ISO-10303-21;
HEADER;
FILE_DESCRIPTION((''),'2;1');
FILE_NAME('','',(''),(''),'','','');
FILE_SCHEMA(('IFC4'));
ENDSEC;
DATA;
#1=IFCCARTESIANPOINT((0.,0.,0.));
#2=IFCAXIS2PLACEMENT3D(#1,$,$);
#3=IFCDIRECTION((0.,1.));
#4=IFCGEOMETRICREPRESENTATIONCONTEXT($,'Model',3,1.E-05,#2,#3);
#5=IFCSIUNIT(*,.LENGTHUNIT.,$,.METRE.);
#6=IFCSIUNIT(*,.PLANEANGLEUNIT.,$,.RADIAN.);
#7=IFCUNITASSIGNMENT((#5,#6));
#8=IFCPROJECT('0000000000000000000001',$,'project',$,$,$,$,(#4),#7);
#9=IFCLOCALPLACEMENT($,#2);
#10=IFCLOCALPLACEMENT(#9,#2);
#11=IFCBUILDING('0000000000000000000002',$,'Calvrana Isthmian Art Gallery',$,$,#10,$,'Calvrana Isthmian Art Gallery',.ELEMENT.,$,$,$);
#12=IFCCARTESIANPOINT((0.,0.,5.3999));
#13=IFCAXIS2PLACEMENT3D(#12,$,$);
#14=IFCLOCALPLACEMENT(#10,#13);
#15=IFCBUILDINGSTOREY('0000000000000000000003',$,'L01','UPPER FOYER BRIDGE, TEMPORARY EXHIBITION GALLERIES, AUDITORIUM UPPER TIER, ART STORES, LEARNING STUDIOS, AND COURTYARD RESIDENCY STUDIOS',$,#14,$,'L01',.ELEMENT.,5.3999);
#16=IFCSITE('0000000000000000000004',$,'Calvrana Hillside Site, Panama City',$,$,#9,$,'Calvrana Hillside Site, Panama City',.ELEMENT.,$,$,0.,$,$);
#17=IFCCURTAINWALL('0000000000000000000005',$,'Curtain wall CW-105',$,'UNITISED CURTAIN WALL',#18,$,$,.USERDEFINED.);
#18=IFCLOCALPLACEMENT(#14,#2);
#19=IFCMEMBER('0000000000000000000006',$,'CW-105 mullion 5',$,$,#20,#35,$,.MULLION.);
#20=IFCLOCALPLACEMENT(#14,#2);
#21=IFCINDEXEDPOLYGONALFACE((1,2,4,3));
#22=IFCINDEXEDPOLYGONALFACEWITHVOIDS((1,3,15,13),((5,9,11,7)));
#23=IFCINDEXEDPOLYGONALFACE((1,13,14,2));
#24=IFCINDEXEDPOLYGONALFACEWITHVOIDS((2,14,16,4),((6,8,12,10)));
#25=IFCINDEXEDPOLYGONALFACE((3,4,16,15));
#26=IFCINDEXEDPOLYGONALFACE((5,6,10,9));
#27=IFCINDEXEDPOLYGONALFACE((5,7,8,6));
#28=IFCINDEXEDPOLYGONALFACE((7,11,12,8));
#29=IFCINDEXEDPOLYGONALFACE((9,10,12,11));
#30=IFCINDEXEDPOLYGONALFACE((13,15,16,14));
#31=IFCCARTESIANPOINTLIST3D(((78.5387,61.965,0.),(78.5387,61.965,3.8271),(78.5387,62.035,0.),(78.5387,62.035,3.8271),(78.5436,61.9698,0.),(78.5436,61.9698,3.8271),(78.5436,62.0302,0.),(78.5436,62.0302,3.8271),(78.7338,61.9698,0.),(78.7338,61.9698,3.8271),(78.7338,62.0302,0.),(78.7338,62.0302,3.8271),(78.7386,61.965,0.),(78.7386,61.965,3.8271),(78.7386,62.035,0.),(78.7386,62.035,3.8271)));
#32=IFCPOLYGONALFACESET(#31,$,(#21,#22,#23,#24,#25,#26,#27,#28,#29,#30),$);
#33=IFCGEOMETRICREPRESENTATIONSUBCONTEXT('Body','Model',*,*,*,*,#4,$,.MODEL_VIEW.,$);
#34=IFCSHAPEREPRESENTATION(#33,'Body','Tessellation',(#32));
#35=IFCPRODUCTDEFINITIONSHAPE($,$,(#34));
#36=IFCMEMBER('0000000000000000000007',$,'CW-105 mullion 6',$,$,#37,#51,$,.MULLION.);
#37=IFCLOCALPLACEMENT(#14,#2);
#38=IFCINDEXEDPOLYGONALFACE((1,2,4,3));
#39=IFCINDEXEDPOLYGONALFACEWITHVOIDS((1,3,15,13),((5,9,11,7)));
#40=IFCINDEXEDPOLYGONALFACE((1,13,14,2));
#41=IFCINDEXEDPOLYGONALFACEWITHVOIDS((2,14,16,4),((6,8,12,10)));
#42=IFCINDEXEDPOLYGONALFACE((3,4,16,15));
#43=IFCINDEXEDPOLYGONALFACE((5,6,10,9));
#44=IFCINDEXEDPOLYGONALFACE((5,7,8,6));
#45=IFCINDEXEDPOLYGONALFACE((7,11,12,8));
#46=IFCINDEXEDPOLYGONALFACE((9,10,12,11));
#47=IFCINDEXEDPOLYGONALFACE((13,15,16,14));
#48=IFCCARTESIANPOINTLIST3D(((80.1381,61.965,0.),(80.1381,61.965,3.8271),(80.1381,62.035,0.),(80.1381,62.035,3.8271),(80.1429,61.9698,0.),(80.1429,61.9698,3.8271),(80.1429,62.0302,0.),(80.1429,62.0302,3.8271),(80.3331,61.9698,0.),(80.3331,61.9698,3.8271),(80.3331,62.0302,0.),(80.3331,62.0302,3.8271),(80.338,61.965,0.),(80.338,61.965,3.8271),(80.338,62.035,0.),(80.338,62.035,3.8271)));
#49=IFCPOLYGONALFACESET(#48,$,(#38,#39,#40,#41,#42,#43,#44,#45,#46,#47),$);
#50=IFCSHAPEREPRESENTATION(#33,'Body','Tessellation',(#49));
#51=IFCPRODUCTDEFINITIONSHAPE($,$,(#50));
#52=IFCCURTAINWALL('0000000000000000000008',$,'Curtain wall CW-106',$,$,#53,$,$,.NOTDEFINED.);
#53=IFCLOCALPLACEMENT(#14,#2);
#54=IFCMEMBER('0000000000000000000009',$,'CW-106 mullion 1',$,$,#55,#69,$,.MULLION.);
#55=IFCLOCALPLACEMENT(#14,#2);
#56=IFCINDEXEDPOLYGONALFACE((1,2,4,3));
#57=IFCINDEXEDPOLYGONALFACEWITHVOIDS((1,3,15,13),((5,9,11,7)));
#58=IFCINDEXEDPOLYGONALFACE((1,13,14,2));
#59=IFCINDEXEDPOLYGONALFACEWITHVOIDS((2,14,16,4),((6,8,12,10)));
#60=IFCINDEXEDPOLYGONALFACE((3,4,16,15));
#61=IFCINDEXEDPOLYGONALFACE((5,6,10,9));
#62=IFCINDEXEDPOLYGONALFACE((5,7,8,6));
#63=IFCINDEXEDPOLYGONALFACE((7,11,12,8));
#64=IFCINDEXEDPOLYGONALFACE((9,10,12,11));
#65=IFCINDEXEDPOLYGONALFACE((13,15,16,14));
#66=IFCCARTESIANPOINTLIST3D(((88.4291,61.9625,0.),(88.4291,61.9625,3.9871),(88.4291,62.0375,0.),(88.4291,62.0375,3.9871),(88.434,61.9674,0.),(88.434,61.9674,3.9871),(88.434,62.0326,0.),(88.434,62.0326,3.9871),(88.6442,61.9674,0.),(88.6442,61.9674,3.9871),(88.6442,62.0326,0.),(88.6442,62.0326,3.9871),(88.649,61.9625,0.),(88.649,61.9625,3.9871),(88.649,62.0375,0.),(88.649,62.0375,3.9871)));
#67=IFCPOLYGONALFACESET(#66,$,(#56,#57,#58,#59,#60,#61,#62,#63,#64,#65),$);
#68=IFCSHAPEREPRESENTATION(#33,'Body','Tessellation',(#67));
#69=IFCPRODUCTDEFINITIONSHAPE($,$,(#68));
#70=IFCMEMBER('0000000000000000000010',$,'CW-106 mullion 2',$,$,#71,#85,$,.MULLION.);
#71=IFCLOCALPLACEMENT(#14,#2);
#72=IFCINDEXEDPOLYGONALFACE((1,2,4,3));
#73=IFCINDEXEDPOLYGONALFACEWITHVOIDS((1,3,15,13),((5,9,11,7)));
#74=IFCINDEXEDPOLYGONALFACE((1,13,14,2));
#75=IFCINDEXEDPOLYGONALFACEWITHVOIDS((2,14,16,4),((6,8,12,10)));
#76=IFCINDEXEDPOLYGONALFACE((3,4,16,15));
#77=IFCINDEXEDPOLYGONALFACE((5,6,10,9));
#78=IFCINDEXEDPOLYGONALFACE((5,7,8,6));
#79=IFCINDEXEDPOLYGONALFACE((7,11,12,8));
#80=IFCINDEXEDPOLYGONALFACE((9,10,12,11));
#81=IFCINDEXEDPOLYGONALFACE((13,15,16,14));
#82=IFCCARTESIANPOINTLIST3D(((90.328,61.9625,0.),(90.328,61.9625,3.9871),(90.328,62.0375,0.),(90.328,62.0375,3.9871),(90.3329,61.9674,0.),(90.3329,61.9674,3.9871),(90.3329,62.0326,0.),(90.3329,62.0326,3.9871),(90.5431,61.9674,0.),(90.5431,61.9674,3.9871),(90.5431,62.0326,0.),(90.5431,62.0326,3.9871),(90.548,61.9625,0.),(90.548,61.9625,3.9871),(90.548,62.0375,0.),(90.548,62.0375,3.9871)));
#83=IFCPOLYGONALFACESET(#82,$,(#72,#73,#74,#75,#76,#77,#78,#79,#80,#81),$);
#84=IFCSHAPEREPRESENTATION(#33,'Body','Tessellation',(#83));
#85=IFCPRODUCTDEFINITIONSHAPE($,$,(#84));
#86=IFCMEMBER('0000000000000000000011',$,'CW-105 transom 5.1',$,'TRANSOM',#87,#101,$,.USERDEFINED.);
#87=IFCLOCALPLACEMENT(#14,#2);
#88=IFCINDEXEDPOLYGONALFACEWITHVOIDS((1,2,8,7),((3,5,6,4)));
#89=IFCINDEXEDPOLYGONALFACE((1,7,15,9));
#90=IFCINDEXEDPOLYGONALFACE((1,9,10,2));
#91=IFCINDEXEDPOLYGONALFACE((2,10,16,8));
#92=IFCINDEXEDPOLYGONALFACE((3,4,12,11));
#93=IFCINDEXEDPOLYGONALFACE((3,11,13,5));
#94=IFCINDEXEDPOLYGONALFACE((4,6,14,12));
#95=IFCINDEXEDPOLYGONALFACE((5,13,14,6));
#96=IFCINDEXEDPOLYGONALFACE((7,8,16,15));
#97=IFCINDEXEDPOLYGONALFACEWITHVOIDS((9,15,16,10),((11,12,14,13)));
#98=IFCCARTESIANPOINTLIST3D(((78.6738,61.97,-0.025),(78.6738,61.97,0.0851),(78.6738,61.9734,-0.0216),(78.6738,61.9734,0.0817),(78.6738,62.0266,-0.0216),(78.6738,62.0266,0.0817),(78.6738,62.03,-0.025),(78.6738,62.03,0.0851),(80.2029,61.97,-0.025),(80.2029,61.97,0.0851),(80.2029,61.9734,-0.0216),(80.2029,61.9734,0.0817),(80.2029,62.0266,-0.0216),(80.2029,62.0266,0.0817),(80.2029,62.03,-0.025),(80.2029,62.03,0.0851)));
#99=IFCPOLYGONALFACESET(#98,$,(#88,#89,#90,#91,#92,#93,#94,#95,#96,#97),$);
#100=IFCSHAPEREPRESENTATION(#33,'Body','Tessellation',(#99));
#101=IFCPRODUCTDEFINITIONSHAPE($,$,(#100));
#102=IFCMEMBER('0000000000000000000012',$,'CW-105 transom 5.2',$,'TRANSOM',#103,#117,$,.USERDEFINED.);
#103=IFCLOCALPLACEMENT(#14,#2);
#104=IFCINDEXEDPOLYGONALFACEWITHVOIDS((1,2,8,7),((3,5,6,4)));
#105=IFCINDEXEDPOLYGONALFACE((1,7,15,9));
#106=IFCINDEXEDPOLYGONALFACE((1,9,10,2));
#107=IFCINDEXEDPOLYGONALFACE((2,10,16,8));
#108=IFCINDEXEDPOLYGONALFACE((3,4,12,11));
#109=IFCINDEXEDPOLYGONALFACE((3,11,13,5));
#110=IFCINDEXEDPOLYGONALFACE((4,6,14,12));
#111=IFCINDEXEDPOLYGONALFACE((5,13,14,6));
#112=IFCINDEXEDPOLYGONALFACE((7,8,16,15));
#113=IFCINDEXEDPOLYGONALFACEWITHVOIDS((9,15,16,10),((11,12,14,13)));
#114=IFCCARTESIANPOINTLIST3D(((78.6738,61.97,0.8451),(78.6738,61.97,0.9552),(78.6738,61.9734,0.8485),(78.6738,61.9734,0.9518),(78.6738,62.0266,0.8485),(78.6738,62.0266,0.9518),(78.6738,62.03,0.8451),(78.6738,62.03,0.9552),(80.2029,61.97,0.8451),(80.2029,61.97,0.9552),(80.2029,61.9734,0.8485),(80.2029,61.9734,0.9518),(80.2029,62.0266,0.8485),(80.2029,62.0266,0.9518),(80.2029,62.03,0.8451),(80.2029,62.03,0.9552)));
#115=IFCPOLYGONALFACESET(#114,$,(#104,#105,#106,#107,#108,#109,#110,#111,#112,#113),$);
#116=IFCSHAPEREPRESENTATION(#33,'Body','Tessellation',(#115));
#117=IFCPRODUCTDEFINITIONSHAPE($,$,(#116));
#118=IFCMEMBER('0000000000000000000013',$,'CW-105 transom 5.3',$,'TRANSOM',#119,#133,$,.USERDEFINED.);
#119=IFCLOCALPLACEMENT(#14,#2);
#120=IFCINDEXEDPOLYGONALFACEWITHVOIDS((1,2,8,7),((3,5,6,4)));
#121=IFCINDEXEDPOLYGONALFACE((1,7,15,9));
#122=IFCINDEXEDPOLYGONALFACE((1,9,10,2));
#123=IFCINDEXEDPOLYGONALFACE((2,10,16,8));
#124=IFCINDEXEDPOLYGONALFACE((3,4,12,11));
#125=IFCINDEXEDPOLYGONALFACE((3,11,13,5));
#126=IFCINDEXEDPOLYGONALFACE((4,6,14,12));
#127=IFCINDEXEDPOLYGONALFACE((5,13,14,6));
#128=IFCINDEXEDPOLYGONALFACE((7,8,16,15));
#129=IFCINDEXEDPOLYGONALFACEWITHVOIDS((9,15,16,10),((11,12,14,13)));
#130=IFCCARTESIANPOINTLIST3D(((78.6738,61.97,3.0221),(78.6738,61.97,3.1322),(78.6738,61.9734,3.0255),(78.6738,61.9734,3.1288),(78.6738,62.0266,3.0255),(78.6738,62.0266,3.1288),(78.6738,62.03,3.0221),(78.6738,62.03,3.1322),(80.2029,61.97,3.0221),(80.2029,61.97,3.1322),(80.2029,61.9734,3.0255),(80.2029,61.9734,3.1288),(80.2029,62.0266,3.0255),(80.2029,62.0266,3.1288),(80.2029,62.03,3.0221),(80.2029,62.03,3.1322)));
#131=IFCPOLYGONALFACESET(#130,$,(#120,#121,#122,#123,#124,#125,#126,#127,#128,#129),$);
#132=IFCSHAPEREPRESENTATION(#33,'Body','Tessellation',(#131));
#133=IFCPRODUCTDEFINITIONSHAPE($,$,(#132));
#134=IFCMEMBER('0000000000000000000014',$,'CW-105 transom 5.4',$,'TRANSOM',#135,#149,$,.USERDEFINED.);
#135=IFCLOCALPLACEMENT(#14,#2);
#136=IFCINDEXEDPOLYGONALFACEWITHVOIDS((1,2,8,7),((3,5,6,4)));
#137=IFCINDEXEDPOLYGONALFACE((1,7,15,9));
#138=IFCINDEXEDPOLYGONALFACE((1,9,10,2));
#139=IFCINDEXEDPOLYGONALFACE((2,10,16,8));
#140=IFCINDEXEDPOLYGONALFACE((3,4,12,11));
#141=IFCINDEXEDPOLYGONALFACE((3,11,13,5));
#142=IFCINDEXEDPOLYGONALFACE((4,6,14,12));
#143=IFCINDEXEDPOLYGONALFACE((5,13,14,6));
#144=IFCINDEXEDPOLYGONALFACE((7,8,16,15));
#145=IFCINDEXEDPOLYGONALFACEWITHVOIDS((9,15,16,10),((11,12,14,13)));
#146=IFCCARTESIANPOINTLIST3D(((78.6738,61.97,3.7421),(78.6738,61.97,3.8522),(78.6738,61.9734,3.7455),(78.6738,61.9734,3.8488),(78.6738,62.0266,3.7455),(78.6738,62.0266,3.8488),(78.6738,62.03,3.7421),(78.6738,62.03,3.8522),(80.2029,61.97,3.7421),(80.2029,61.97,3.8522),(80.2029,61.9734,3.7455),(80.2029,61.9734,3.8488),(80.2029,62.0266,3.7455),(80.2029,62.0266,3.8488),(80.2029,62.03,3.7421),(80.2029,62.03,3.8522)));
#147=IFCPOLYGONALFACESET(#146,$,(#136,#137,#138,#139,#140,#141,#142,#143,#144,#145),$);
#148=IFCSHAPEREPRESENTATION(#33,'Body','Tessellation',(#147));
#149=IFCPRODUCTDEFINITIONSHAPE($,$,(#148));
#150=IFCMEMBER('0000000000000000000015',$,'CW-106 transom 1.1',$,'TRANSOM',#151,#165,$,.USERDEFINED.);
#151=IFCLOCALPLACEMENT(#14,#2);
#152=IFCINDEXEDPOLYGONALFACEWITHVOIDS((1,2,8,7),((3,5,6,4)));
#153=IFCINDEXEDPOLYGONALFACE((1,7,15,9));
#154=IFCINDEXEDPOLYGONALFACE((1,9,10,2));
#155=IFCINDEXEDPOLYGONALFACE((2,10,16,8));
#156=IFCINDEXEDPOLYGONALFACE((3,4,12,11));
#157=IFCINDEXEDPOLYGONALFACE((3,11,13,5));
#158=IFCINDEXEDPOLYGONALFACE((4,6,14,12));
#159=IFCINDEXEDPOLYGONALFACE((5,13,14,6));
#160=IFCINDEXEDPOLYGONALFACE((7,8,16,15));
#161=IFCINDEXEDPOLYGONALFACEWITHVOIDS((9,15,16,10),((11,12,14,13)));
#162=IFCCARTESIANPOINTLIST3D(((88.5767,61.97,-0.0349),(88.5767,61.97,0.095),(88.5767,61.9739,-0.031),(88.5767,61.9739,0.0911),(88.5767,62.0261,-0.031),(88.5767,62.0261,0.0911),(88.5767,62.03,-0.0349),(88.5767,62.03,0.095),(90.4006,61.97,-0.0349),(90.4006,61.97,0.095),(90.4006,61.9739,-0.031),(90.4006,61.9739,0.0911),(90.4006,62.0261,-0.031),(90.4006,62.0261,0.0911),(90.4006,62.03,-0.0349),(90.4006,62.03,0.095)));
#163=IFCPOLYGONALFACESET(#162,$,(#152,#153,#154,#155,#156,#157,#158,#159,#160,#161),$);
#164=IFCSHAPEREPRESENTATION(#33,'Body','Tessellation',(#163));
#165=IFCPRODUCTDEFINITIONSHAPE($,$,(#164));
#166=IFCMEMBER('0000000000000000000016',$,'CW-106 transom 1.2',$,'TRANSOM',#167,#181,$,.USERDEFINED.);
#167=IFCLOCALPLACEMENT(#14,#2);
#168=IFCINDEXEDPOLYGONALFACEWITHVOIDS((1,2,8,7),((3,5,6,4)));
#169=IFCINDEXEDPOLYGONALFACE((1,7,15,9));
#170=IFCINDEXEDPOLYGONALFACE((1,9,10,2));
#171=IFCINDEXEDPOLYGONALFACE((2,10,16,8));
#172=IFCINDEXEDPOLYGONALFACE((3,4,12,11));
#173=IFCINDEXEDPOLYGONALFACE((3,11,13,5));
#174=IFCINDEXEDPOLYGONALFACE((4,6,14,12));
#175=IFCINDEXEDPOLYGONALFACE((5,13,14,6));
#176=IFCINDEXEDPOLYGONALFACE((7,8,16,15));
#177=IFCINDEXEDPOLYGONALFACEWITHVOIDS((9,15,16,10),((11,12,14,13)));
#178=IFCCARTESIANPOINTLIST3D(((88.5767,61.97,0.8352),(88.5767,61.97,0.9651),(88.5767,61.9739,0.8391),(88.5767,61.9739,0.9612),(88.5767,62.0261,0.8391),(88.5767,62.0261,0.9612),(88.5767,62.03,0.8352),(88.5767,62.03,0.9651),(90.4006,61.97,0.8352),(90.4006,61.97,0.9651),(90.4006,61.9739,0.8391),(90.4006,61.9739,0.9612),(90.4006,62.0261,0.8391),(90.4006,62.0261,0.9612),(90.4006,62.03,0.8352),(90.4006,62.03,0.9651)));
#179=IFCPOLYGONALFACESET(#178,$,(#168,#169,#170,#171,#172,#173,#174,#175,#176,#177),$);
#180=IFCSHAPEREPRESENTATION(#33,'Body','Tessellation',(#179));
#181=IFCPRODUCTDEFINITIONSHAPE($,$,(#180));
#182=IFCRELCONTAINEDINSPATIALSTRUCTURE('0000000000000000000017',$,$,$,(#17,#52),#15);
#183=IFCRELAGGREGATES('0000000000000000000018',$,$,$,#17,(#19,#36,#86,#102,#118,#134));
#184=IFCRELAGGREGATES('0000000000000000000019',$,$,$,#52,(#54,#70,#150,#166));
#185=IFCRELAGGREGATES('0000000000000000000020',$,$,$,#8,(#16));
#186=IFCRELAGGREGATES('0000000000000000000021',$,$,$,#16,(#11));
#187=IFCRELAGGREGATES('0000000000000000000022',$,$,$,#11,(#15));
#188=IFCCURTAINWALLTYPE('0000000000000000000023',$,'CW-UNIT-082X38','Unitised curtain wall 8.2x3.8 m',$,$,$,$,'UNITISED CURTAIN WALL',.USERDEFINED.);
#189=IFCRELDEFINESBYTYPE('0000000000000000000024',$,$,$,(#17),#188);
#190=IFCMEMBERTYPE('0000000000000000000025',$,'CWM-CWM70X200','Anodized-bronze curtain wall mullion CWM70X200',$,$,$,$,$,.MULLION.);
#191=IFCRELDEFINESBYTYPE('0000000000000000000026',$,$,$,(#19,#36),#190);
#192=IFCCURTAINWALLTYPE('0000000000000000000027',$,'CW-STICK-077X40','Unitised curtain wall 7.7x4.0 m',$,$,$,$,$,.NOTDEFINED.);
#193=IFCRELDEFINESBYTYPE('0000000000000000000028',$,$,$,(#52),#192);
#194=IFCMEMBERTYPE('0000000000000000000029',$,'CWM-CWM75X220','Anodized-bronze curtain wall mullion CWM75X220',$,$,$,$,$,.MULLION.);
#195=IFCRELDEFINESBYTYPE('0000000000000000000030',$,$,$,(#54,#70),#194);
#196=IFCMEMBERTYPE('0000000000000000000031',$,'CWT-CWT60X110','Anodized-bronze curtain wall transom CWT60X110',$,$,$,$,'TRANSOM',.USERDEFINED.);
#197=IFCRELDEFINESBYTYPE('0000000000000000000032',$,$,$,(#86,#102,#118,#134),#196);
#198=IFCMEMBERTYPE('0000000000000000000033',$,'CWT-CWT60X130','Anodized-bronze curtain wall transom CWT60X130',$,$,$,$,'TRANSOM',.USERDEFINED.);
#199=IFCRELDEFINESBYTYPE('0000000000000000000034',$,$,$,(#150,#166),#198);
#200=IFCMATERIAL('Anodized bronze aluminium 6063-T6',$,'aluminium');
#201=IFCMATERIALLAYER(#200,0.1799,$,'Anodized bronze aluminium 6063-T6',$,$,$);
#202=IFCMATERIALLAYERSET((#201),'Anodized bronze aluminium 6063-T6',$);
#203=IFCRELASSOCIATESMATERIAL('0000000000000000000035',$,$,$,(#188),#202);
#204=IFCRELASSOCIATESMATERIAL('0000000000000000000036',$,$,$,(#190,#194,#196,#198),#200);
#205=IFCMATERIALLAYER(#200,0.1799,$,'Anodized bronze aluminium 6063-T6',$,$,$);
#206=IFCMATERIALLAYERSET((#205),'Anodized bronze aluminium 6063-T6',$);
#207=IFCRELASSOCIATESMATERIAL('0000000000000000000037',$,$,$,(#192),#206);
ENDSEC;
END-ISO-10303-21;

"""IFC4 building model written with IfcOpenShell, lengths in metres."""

from ifc_helpers import new_model, si_unit, direction, frame, origin, origin_2d, place, context, subcontext, project, spatial, hollow_rectangle, extrude, material, layer, layer_set, material_profile, profile_set, type_object, element, aggregate, save


model = new_model("IFC4")

# Units and contexts
model_context = context("Model", 3, precision=1e-05, world=origin(), true_north=direction((0.0, 1.0)))
body_context = subcontext(model_context, "Body", "Model", "MODEL_VIEW")
ifc_project = project(units=[si_unit("LENGTHUNIT", "METRE"), si_unit("PLANEANGLEUNIT", "RADIAN")], contexts=[model_context])

# Site, building, storey
site_placement = place(None, origin())
site = spatial("IfcSite", under=ifc_project, at=site_placement, Name="Calvrana Hillside Site, Panama City", LongName="Calvrana Hillside Site, Panama City", CompositionType="ELEMENT", RefElevation=0.0)
building_placement = place(site_placement, origin())
building = spatial("IfcBuilding", under=site, at=building_placement, Name="Calvrana Isthmian Art Gallery", LongName="Calvrana Isthmian Art Gallery", CompositionType="ELEMENT")
storey_placement = place(building_placement, frame((0.0, 0.0, 5.3999)))
storey = spatial("IfcBuildingStorey", under=building, at=storey_placement, Name="L01", Description="UPPER FOYER BRIDGE, TEMPORARY EXHIBITION GALLERIES, AUDITORIUM UPPER TIER, ART STORES, LEARNING STUDIOS, AND COURTYARD RESIDENCY STUDIOS", LongName="L01", CompositionType="ELEMENT", Elevation=5.3999)

# Curtain walls, members
ifc_material_1 = material(Name="Anodized bronze aluminium 6063-T6", Category="aluminium")
ifc_layer_1 = layer(ifc_material_1, 0.1799, Name="Anodized bronze aluminium 6063-T6")
ifc_layer_set_1 = layer_set([ifc_layer_1], Name="Anodized bronze aluminium 6063-T6")
curtain_wall_type_1 = type_object("IfcCurtainWallType", Name="CW-UNIT-082X38", Description="Unitised curtain wall 8.2x3.8 m", ElementType="UNITISED CURTAIN WALL", PredefinedType="USERDEFINED", material=ifc_layer_set_1)
curtain_wall_1_placement = place(storey_placement, origin())
curtain_wall_1 = element("IfcCurtainWall", 1, at=curtain_wall_1_placement, inside=storey, type_object=curtain_wall_type_1, Name="Curtain wall CW-105", ObjectType="UNITISED CURTAIN WALL", PredefinedType="USERDEFINED")
ifc_material_profile_1 = material_profile(ifc_material_1, hollow_rectangle(XDim=0.0701, YDim=0.2, WallThickness=0.0049, at=origin_2d()), Name="CWM70X200")
ifc_profile_set_1 = profile_set([ifc_material_profile_1], Name="Anodized bronze aluminium 6063-T6")
member_type_1 = type_object("IfcMemberType", Name="CWM-CWM70X200", Description="Anodized-bronze curtain wall mullion CWM70X200", PredefinedType="MULLION", material=ifc_profile_set_1)
member_1_placement = place(storey_placement, frame((78.6387, 62.0, 0.0), z_axis=(0.0, 0.0, 1.0), x_axis=(0.0, 1.0, 0.0)))
member_1 = element("IfcMember", 2, at=member_1_placement, type_object=member_type_1, Name="CW-105 mullion 5", PredefinedType="MULLION", context=body_context, shape_type="SweptSolid", body=[
    extrude(hollow_rectangle(XDim=0.0701, YDim=0.2, WallThickness=0.0049, at=origin_2d()), origin(), (0.0, 0.0, 1.0), 3.8271),
])
member_2_placement = place(storey_placement, frame((80.238, 62.0, 0.0), z_axis=(0.0, 0.0, 1.0), x_axis=(0.0, 1.0, 0.0)))
member_2 = element("IfcMember", 3, at=member_2_placement, type_object=member_type_1, Name="CW-105 mullion 6", PredefinedType="MULLION", context=body_context, shape_type="SweptSolid", body=[
    extrude(hollow_rectangle(XDim=0.0701, YDim=0.2, WallThickness=0.0049, at=origin_2d()), origin(), (0.0, 0.0, 1.0), 3.8271),
])
ifc_layer_2 = layer(ifc_material_1, 0.1799, Name="Anodized bronze aluminium 6063-T6")
ifc_layer_set_2 = layer_set([ifc_layer_2], Name="Anodized bronze aluminium 6063-T6")
curtain_wall_type_2 = type_object("IfcCurtainWallType", Name="CW-STICK-077X40", Description="Unitised curtain wall 7.7x4.0 m", PredefinedType="NOTDEFINED", material=ifc_layer_set_2)
curtain_wall_2_placement = place(storey_placement, origin())
curtain_wall_2 = element("IfcCurtainWall", 4, at=curtain_wall_2_placement, inside=storey, type_object=curtain_wall_type_2, Name="Curtain wall CW-106", PredefinedType="NOTDEFINED")
ifc_material_profile_2 = material_profile(ifc_material_1, hollow_rectangle(XDim=0.075, YDim=0.22, WallThickness=0.0049, at=origin_2d()), Name="CWM75X220")
ifc_profile_set_2 = profile_set([ifc_material_profile_2], Name="Anodized bronze aluminium 6063-T6")
member_type_2 = type_object("IfcMemberType", Name="CWM-CWM75X220", Description="Anodized-bronze curtain wall mullion CWM75X220", PredefinedType="MULLION", material=ifc_profile_set_2)
member_3_placement = place(storey_placement, frame((88.5391, 62.0, 0.0), z_axis=(0.0, 0.0, 1.0), x_axis=(0.0, 1.0, 0.0)))
member_3 = element("IfcMember", 5, at=member_3_placement, type_object=member_type_2, Name="CW-106 mullion 1", PredefinedType="MULLION", context=body_context, shape_type="SweptSolid", body=[
    extrude(hollow_rectangle(XDim=0.075, YDim=0.22, WallThickness=0.0049, at=origin_2d()), origin(), (0.0, 0.0, 1.0), 3.9871),
])
member_4_placement = place(storey_placement, frame((90.438, 62.0, 0.0), z_axis=(0.0, 0.0, 1.0), x_axis=(0.0, 1.0, 0.0)))
member_4 = element("IfcMember", 6, at=member_4_placement, type_object=member_type_2, Name="CW-106 mullion 2", PredefinedType="MULLION", context=body_context, shape_type="SweptSolid", body=[
    extrude(hollow_rectangle(XDim=0.075, YDim=0.22, WallThickness=0.0049, at=origin_2d()), origin(), (0.0, 0.0, 1.0), 3.9871),
])

# Members
ifc_material_profile_3 = material_profile(ifc_material_1, hollow_rectangle(XDim=0.0601, YDim=0.1101, WallThickness=0.0034, at=origin_2d()), Name="CWT60X110")
ifc_profile_set_3 = profile_set([ifc_material_profile_3], Name="Anodized bronze aluminium 6063-T6")
member_type_3 = type_object("IfcMemberType", Name="CWT-CWT60X110", Description="Anodized-bronze curtain wall transom CWT60X110", ElementType="TRANSOM", PredefinedType="USERDEFINED", material=ifc_profile_set_3)
member_5_placement = place(storey_placement, frame((78.6738, 62.0, 0.03), z_axis=(1.0, 0.0, 0.0), x_axis=(0.0, 1.0, 0.0)))
member_5 = element("IfcMember", 7, at=member_5_placement, type_object=member_type_3, Name="CW-105 transom 5.1", ObjectType="TRANSOM", PredefinedType="USERDEFINED", context=body_context, shape_type="SweptSolid", body=[
    extrude(hollow_rectangle(XDim=0.0601, YDim=0.1101, WallThickness=0.0034, at=origin_2d()), origin(), (0.0, 0.0, 1.0), 1.5291),
])
member_6_placement = place(storey_placement, frame((78.6738, 62.0, 0.9001), z_axis=(1.0, 0.0, 0.0), x_axis=(0.0, 1.0, 0.0)))
member_6 = element("IfcMember", 8, at=member_6_placement, type_object=member_type_3, Name="CW-105 transom 5.2", ObjectType="TRANSOM", PredefinedType="USERDEFINED", context=body_context, shape_type="SweptSolid", body=[
    extrude(hollow_rectangle(XDim=0.0601, YDim=0.1101, WallThickness=0.0034, at=origin_2d()), origin(), (0.0, 0.0, 1.0), 1.5291),
])
member_7_placement = place(storey_placement, frame((78.6738, 62.0, 3.0771), z_axis=(1.0, 0.0, 0.0), x_axis=(0.0, 1.0, 0.0)))
member_7 = element("IfcMember", 9, at=member_7_placement, type_object=member_type_3, Name="CW-105 transom 5.3", ObjectType="TRANSOM", PredefinedType="USERDEFINED", context=body_context, shape_type="SweptSolid", body=[
    extrude(hollow_rectangle(XDim=0.0601, YDim=0.1101, WallThickness=0.0034, at=origin_2d()), origin(), (0.0, 0.0, 1.0), 1.5291),
])
member_8_placement = place(storey_placement, frame((78.6738, 62.0, 3.7971), z_axis=(1.0, 0.0, 0.0), x_axis=(0.0, 1.0, 0.0)))
member_8 = element("IfcMember", 10, at=member_8_placement, type_object=member_type_3, Name="CW-105 transom 5.4", ObjectType="TRANSOM", PredefinedType="USERDEFINED", context=body_context, shape_type="SweptSolid", body=[
    extrude(hollow_rectangle(XDim=0.0601, YDim=0.1101, WallThickness=0.0034, at=origin_2d()), origin(), (0.0, 0.0, 1.0), 1.5291),
])
ifc_material_profile_4 = material_profile(ifc_material_1, hollow_rectangle(XDim=0.0601, YDim=0.1299, WallThickness=0.0039, at=origin_2d()), Name="CWT60X130")
ifc_profile_set_4 = profile_set([ifc_material_profile_4], Name="Anodized bronze aluminium 6063-T6")
member_type_4 = type_object("IfcMemberType", Name="CWT-CWT60X130", Description="Anodized-bronze curtain wall transom CWT60X130", ElementType="TRANSOM", PredefinedType="USERDEFINED", material=ifc_profile_set_4)
member_9_placement = place(storey_placement, frame((88.5767, 62.0, 0.03), z_axis=(1.0, 0.0, 0.0), x_axis=(0.0, 1.0, 0.0)))
member_9 = element("IfcMember", 11, at=member_9_placement, type_object=member_type_4, Name="CW-106 transom 1.1", ObjectType="TRANSOM", PredefinedType="USERDEFINED", context=body_context, shape_type="SweptSolid", body=[
    extrude(hollow_rectangle(XDim=0.0601, YDim=0.1299, WallThickness=0.0039, at=origin_2d()), origin(), (0.0, 0.0, 1.0), 1.824),
])
member_10_placement = place(storey_placement, frame((88.5767, 62.0, 0.9001), z_axis=(1.0, 0.0, 0.0), x_axis=(0.0, 1.0, 0.0)))
member_10 = element("IfcMember", 12, at=member_10_placement, type_object=member_type_4, Name="CW-106 transom 1.2", ObjectType="TRANSOM", PredefinedType="USERDEFINED", context=body_context, shape_type="SweptSolid", body=[
    extrude(hollow_rectangle(XDim=0.0601, YDim=0.1299, WallThickness=0.0039, at=origin_2d()), origin(), (0.0, 0.0, 1.0), 1.824),
])

aggregate(curtain_wall_1, [member_1, member_2, member_5, member_6, member_7, member_8])
aggregate(curtain_wall_2, [member_3, member_4, member_9, member_10])

save(model, "model.ifc")
